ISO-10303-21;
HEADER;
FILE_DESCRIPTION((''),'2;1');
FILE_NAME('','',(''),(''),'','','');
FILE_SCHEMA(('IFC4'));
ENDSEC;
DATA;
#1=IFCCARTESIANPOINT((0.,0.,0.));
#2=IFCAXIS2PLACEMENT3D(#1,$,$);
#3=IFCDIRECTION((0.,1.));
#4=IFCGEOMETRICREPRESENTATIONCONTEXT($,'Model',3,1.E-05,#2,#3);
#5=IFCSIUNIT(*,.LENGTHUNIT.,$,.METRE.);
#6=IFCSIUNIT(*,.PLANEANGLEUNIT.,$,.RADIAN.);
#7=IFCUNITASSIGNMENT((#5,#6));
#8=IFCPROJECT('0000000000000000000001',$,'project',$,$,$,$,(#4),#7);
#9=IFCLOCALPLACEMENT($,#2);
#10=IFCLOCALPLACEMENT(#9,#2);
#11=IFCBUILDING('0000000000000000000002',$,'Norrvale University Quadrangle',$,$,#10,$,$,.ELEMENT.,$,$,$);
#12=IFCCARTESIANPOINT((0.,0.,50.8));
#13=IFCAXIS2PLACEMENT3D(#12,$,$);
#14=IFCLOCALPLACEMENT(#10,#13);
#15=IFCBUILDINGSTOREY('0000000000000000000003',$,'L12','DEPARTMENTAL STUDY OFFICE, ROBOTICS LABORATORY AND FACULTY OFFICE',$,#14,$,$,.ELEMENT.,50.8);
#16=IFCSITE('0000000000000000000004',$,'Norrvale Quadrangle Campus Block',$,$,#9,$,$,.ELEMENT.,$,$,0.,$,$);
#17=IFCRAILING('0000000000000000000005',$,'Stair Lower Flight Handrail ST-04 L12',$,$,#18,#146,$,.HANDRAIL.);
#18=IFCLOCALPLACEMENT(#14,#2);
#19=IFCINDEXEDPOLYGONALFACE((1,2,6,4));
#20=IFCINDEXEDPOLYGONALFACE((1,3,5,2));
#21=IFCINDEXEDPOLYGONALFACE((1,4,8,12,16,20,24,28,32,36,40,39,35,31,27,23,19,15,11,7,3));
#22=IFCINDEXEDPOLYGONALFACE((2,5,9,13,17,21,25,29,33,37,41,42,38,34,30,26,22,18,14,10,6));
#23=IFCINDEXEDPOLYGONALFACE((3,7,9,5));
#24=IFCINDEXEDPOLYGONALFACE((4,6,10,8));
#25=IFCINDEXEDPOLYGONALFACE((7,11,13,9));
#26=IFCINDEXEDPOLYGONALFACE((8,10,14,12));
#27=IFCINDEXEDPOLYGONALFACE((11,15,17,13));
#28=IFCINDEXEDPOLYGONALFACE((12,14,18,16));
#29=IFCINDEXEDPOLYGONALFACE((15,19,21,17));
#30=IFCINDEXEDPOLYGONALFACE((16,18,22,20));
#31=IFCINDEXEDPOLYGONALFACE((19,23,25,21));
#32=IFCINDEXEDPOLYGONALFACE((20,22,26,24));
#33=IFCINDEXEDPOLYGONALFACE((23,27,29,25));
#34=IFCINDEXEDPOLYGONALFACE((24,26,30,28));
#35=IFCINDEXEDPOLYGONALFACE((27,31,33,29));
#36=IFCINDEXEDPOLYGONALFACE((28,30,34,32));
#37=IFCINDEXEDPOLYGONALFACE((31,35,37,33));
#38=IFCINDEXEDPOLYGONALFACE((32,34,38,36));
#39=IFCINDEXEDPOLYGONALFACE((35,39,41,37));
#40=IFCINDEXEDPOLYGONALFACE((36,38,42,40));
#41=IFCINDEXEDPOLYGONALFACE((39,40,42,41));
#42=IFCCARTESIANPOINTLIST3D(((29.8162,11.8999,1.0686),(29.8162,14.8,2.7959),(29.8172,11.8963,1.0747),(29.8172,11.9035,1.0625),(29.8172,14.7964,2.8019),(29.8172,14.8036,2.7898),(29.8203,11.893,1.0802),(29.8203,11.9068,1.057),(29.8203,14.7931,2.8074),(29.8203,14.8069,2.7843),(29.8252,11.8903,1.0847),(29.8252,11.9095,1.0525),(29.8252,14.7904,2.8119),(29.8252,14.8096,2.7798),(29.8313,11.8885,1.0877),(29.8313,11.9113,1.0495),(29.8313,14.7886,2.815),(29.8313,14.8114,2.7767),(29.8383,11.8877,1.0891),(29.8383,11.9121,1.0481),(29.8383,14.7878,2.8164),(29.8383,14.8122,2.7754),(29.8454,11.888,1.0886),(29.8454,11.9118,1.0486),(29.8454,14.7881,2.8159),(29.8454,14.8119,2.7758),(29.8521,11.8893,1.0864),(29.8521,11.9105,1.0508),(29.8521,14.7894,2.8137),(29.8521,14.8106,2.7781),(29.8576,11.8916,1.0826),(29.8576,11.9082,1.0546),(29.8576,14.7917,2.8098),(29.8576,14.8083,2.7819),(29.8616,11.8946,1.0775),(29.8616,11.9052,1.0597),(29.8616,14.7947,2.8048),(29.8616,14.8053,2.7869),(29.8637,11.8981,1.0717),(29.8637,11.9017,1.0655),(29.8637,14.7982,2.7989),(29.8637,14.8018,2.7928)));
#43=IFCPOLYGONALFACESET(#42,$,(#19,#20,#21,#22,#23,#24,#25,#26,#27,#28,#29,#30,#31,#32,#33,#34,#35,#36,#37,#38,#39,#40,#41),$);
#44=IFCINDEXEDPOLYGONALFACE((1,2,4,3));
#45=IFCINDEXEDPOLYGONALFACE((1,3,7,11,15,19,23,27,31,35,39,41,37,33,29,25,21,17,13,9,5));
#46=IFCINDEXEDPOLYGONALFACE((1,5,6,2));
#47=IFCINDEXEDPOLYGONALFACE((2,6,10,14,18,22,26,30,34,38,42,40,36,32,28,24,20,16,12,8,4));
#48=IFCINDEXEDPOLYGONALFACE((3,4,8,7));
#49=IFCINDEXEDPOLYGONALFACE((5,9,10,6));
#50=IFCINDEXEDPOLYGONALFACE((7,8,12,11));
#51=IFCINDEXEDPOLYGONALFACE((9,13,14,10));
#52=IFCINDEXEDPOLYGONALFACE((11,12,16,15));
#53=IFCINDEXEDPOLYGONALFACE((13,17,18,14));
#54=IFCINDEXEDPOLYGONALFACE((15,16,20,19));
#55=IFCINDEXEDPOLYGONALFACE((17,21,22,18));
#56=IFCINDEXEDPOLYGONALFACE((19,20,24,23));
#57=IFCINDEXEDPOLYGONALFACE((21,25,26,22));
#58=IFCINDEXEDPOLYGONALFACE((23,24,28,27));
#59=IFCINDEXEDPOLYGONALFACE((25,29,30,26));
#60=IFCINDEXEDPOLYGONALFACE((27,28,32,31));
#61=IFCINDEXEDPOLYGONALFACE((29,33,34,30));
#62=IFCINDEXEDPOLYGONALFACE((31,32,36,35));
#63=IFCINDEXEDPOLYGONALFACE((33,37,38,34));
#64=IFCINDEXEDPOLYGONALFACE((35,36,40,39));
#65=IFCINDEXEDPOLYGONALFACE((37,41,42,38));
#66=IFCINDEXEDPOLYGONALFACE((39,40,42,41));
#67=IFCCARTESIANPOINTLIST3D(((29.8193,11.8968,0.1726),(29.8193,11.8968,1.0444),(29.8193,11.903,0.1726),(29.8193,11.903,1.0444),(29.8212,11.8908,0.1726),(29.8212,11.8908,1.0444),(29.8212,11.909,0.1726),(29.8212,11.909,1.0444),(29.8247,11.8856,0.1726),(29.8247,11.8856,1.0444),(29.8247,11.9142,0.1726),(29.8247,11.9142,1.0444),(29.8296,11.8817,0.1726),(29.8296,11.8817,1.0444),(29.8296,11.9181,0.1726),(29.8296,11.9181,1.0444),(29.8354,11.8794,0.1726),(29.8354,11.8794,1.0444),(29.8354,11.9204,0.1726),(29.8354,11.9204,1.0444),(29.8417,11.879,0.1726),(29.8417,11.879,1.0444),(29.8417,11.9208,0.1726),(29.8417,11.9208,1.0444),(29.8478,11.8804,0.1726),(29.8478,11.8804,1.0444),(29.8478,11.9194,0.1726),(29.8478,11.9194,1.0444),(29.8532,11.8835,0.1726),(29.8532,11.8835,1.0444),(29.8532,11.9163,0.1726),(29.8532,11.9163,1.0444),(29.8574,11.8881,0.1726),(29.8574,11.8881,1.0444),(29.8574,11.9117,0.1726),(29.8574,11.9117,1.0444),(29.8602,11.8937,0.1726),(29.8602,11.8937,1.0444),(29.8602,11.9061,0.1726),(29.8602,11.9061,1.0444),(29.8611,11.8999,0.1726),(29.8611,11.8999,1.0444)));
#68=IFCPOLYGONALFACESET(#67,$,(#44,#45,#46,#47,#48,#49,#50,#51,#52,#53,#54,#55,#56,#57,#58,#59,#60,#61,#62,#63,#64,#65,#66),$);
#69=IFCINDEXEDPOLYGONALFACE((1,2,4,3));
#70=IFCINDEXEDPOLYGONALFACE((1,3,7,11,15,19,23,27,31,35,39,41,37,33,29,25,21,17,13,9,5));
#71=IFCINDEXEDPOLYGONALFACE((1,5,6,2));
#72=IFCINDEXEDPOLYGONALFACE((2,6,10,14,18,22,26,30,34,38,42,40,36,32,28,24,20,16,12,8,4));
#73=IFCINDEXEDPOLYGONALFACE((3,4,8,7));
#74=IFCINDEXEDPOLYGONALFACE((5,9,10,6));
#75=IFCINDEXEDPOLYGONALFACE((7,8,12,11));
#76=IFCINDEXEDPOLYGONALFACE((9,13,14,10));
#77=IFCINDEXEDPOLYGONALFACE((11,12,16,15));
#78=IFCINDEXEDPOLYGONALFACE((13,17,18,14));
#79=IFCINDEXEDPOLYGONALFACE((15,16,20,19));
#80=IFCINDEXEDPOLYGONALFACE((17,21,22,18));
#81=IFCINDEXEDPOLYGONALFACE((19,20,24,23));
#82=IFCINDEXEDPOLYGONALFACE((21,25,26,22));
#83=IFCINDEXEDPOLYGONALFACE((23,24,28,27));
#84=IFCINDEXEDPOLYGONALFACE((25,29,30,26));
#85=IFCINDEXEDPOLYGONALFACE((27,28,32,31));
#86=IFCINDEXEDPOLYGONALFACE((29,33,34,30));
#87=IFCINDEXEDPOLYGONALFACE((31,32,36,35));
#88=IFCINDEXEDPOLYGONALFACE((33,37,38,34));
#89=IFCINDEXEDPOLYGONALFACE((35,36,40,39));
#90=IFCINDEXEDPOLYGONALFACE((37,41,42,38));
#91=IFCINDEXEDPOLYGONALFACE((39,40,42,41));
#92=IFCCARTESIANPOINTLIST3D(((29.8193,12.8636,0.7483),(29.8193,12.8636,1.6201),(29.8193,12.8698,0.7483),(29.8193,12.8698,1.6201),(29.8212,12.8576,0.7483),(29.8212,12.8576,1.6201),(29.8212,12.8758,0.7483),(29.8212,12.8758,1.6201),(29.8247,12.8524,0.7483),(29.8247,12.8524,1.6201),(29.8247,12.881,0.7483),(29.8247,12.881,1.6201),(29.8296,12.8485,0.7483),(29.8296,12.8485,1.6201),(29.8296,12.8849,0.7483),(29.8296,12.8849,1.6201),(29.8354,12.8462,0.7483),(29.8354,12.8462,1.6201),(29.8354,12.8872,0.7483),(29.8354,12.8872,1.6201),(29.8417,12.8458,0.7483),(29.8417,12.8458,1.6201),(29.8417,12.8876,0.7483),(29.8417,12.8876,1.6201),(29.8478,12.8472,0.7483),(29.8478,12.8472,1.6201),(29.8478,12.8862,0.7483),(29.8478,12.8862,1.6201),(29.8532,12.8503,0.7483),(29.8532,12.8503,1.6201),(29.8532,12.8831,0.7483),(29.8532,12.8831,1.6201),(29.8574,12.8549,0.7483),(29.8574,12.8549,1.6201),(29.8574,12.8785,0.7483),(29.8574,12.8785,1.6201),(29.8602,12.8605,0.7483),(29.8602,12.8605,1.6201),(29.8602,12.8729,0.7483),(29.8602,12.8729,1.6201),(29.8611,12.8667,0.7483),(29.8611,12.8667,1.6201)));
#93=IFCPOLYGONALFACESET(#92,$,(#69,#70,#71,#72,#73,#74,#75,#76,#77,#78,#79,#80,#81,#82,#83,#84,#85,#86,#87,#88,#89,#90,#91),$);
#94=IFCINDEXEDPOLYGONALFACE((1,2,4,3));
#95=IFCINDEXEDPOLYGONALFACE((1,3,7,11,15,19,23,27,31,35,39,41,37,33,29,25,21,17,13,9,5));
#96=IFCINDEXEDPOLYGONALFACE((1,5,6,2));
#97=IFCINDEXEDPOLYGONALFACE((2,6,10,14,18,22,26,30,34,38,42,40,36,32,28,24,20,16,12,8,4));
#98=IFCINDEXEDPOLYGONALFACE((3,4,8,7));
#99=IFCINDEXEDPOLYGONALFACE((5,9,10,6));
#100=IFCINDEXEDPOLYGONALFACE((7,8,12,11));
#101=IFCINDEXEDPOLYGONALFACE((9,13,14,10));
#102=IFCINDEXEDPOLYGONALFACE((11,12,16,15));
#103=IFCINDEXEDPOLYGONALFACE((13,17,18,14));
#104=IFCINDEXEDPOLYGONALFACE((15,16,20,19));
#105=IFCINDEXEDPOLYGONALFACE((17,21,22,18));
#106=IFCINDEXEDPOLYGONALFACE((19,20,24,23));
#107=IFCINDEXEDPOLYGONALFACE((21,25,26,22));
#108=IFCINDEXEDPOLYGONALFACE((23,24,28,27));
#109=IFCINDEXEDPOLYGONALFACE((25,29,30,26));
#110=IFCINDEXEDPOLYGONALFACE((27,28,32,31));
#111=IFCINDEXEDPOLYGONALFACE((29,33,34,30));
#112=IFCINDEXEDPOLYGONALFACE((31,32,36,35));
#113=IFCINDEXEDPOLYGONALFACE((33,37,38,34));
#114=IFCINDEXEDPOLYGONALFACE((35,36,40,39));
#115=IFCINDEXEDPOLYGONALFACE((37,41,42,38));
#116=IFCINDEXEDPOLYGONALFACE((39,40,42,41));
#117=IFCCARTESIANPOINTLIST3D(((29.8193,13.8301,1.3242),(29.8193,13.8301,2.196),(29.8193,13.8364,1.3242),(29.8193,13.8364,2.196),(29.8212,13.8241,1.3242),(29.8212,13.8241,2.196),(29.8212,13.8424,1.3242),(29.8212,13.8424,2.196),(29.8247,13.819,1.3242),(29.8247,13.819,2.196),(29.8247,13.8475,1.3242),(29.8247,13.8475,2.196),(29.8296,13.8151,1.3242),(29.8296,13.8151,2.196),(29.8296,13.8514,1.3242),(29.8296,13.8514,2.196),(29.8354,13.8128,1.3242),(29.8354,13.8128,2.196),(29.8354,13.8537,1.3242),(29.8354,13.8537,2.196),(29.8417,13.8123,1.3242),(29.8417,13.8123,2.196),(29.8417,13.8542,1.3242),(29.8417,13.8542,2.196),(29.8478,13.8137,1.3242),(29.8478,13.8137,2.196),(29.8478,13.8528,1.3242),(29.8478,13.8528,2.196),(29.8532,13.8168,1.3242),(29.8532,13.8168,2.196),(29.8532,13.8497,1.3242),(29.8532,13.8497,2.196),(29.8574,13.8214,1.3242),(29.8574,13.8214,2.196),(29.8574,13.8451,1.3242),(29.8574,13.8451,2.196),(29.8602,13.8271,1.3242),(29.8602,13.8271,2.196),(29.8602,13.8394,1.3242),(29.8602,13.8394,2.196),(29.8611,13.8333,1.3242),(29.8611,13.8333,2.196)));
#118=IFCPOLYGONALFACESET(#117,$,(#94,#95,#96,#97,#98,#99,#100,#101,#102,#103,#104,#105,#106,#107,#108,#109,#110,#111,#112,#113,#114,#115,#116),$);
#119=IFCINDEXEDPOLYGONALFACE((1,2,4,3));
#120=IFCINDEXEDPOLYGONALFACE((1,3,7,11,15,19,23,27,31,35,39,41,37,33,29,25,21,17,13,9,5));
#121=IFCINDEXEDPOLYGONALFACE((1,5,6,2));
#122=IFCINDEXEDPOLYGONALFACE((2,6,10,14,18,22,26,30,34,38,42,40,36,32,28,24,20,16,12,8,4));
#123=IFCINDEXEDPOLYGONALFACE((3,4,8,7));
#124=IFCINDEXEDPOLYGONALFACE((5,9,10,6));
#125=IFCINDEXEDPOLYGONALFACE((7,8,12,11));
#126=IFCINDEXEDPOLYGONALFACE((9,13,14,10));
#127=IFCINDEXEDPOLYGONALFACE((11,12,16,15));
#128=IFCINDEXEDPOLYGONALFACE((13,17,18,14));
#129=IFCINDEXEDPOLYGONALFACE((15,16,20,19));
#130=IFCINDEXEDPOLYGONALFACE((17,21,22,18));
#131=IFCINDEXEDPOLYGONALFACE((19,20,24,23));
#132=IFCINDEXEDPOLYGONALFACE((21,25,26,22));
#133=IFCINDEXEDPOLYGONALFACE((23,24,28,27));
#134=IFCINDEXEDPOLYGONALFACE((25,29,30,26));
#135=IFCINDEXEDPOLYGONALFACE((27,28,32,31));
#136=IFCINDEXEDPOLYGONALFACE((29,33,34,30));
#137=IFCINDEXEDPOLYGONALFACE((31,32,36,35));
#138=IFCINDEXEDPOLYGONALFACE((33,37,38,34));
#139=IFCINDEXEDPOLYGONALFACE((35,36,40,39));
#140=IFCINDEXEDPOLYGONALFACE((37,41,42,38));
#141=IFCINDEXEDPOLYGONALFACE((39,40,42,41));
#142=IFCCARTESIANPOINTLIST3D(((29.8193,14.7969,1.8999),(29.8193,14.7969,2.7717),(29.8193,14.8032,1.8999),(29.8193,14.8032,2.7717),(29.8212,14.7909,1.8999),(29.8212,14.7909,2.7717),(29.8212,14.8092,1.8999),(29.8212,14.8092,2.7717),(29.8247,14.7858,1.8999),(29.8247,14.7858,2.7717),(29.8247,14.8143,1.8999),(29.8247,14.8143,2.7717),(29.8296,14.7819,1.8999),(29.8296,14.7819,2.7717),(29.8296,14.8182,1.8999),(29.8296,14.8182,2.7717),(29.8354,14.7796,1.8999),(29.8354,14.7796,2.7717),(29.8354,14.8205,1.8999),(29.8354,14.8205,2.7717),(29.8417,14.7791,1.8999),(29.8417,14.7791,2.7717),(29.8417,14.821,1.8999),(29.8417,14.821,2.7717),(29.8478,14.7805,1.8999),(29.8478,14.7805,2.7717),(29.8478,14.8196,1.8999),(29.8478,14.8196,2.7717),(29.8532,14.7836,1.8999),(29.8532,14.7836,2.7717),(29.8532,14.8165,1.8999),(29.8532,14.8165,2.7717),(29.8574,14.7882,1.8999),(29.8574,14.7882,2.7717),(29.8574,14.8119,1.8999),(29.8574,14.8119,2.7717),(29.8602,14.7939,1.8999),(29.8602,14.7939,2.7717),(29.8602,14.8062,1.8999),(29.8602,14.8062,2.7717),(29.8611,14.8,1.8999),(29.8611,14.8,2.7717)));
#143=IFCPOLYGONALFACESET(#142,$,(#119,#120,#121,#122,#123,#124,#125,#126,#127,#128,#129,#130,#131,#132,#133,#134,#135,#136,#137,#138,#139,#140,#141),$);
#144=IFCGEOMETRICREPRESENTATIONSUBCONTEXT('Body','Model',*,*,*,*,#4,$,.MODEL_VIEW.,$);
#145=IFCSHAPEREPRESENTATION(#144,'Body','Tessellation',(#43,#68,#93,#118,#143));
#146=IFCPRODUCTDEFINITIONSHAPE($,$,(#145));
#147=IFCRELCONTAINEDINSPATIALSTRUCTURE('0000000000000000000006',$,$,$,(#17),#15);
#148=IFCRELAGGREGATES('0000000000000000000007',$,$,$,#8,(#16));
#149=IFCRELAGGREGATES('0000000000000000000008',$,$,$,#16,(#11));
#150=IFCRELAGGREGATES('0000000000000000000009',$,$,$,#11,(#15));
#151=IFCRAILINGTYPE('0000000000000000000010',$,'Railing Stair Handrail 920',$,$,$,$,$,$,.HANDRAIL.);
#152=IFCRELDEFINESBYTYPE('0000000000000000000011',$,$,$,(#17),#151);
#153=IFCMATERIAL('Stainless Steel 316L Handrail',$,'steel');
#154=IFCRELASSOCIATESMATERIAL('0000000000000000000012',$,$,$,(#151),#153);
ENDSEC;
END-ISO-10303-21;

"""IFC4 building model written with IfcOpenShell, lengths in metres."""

from ifc_helpers import new_model, si_unit, direction, frame, origin, origin_2d, place, context, subcontext, project, spatial, circle, extrude, material, type_object, element, save


model = new_model("IFC4")

# Units and contexts
model_context = context("Model", 3, precision=1e-05, world=origin(), true_north=direction((0.0, 1.0)))
body_context = subcontext(model_context, "Body", "Model", "MODEL_VIEW")
ifc_project = project(units=[si_unit("LENGTHUNIT", "METRE"), si_unit("PLANEANGLEUNIT", "RADIAN")], contexts=[model_context])

# Site, building, storey
site_placement = place(None, origin())
site = spatial("IfcSite", under=ifc_project, at=site_placement, Name="Norrvale Quadrangle Campus Block", CompositionType="ELEMENT", RefElevation=0.0)
building_placement = place(site_placement, origin())
building = spatial("IfcBuilding", under=site, at=building_placement, Name="Norrvale University Quadrangle", CompositionType="ELEMENT")
storey_placement = place(building_placement, frame((0.0, 0.0, 50.8)))
storey = spatial("IfcBuildingStorey", under=building, at=storey_placement, Name="L12", Description="DEPARTMENTAL STUDY OFFICE, ROBOTICS LABORATORY AND FACULTY OFFICE", CompositionType="ELEMENT", Elevation=50.8)

# Railing
ifc_material_1 = material(Name="Stainless Steel 316L Handrail", Category="steel")
railing_type_1 = type_object("IfcRailingType", Name="Railing Stair Handrail 920", PredefinedType="HANDRAIL", material=ifc_material_1)
railing_1_placement = place(storey_placement, frame((29.8401, 11.8999, 0.1726)))
element("IfcRailing", 1, at=railing_1_placement, inside=storey, type_object=railing_type_1, Name="Stair Lower Flight Handrail ST-04 L12", PredefinedType="HANDRAIL", context=body_context, shape_type="SweptSolid", body=[
    extrude(circle(Radius=0.0239, at=origin_2d()), frame((0.0, 0.0, 0.896), z_axis=(0.0, 0.85916, 0.511706), x_axis=(-1.0, 0.0, 0.0)), (0.0, 0.0, 1.0), 3.3755),
    extrude(circle(Radius=0.021, at=origin_2d()), origin(), (0.0, 0.0, 1.0), 0.8718),
    extrude(circle(Radius=0.021, at=origin_2d()), frame((0.0, 0.9668, 0.5757)), (0.0, 0.0, 1.0), 0.8718),
    extrude(circle(Radius=0.021, at=origin_2d()), frame((0.0, 1.9333, 1.1516)), (0.0, 0.0, 1.0), 0.8718),
    extrude(circle(Radius=0.021, at=origin_2d()), frame((0.0, 2.9001, 1.7273)), (0.0, 0.0, 1.0), 0.8718),
])

save(model, "model.ifc")
